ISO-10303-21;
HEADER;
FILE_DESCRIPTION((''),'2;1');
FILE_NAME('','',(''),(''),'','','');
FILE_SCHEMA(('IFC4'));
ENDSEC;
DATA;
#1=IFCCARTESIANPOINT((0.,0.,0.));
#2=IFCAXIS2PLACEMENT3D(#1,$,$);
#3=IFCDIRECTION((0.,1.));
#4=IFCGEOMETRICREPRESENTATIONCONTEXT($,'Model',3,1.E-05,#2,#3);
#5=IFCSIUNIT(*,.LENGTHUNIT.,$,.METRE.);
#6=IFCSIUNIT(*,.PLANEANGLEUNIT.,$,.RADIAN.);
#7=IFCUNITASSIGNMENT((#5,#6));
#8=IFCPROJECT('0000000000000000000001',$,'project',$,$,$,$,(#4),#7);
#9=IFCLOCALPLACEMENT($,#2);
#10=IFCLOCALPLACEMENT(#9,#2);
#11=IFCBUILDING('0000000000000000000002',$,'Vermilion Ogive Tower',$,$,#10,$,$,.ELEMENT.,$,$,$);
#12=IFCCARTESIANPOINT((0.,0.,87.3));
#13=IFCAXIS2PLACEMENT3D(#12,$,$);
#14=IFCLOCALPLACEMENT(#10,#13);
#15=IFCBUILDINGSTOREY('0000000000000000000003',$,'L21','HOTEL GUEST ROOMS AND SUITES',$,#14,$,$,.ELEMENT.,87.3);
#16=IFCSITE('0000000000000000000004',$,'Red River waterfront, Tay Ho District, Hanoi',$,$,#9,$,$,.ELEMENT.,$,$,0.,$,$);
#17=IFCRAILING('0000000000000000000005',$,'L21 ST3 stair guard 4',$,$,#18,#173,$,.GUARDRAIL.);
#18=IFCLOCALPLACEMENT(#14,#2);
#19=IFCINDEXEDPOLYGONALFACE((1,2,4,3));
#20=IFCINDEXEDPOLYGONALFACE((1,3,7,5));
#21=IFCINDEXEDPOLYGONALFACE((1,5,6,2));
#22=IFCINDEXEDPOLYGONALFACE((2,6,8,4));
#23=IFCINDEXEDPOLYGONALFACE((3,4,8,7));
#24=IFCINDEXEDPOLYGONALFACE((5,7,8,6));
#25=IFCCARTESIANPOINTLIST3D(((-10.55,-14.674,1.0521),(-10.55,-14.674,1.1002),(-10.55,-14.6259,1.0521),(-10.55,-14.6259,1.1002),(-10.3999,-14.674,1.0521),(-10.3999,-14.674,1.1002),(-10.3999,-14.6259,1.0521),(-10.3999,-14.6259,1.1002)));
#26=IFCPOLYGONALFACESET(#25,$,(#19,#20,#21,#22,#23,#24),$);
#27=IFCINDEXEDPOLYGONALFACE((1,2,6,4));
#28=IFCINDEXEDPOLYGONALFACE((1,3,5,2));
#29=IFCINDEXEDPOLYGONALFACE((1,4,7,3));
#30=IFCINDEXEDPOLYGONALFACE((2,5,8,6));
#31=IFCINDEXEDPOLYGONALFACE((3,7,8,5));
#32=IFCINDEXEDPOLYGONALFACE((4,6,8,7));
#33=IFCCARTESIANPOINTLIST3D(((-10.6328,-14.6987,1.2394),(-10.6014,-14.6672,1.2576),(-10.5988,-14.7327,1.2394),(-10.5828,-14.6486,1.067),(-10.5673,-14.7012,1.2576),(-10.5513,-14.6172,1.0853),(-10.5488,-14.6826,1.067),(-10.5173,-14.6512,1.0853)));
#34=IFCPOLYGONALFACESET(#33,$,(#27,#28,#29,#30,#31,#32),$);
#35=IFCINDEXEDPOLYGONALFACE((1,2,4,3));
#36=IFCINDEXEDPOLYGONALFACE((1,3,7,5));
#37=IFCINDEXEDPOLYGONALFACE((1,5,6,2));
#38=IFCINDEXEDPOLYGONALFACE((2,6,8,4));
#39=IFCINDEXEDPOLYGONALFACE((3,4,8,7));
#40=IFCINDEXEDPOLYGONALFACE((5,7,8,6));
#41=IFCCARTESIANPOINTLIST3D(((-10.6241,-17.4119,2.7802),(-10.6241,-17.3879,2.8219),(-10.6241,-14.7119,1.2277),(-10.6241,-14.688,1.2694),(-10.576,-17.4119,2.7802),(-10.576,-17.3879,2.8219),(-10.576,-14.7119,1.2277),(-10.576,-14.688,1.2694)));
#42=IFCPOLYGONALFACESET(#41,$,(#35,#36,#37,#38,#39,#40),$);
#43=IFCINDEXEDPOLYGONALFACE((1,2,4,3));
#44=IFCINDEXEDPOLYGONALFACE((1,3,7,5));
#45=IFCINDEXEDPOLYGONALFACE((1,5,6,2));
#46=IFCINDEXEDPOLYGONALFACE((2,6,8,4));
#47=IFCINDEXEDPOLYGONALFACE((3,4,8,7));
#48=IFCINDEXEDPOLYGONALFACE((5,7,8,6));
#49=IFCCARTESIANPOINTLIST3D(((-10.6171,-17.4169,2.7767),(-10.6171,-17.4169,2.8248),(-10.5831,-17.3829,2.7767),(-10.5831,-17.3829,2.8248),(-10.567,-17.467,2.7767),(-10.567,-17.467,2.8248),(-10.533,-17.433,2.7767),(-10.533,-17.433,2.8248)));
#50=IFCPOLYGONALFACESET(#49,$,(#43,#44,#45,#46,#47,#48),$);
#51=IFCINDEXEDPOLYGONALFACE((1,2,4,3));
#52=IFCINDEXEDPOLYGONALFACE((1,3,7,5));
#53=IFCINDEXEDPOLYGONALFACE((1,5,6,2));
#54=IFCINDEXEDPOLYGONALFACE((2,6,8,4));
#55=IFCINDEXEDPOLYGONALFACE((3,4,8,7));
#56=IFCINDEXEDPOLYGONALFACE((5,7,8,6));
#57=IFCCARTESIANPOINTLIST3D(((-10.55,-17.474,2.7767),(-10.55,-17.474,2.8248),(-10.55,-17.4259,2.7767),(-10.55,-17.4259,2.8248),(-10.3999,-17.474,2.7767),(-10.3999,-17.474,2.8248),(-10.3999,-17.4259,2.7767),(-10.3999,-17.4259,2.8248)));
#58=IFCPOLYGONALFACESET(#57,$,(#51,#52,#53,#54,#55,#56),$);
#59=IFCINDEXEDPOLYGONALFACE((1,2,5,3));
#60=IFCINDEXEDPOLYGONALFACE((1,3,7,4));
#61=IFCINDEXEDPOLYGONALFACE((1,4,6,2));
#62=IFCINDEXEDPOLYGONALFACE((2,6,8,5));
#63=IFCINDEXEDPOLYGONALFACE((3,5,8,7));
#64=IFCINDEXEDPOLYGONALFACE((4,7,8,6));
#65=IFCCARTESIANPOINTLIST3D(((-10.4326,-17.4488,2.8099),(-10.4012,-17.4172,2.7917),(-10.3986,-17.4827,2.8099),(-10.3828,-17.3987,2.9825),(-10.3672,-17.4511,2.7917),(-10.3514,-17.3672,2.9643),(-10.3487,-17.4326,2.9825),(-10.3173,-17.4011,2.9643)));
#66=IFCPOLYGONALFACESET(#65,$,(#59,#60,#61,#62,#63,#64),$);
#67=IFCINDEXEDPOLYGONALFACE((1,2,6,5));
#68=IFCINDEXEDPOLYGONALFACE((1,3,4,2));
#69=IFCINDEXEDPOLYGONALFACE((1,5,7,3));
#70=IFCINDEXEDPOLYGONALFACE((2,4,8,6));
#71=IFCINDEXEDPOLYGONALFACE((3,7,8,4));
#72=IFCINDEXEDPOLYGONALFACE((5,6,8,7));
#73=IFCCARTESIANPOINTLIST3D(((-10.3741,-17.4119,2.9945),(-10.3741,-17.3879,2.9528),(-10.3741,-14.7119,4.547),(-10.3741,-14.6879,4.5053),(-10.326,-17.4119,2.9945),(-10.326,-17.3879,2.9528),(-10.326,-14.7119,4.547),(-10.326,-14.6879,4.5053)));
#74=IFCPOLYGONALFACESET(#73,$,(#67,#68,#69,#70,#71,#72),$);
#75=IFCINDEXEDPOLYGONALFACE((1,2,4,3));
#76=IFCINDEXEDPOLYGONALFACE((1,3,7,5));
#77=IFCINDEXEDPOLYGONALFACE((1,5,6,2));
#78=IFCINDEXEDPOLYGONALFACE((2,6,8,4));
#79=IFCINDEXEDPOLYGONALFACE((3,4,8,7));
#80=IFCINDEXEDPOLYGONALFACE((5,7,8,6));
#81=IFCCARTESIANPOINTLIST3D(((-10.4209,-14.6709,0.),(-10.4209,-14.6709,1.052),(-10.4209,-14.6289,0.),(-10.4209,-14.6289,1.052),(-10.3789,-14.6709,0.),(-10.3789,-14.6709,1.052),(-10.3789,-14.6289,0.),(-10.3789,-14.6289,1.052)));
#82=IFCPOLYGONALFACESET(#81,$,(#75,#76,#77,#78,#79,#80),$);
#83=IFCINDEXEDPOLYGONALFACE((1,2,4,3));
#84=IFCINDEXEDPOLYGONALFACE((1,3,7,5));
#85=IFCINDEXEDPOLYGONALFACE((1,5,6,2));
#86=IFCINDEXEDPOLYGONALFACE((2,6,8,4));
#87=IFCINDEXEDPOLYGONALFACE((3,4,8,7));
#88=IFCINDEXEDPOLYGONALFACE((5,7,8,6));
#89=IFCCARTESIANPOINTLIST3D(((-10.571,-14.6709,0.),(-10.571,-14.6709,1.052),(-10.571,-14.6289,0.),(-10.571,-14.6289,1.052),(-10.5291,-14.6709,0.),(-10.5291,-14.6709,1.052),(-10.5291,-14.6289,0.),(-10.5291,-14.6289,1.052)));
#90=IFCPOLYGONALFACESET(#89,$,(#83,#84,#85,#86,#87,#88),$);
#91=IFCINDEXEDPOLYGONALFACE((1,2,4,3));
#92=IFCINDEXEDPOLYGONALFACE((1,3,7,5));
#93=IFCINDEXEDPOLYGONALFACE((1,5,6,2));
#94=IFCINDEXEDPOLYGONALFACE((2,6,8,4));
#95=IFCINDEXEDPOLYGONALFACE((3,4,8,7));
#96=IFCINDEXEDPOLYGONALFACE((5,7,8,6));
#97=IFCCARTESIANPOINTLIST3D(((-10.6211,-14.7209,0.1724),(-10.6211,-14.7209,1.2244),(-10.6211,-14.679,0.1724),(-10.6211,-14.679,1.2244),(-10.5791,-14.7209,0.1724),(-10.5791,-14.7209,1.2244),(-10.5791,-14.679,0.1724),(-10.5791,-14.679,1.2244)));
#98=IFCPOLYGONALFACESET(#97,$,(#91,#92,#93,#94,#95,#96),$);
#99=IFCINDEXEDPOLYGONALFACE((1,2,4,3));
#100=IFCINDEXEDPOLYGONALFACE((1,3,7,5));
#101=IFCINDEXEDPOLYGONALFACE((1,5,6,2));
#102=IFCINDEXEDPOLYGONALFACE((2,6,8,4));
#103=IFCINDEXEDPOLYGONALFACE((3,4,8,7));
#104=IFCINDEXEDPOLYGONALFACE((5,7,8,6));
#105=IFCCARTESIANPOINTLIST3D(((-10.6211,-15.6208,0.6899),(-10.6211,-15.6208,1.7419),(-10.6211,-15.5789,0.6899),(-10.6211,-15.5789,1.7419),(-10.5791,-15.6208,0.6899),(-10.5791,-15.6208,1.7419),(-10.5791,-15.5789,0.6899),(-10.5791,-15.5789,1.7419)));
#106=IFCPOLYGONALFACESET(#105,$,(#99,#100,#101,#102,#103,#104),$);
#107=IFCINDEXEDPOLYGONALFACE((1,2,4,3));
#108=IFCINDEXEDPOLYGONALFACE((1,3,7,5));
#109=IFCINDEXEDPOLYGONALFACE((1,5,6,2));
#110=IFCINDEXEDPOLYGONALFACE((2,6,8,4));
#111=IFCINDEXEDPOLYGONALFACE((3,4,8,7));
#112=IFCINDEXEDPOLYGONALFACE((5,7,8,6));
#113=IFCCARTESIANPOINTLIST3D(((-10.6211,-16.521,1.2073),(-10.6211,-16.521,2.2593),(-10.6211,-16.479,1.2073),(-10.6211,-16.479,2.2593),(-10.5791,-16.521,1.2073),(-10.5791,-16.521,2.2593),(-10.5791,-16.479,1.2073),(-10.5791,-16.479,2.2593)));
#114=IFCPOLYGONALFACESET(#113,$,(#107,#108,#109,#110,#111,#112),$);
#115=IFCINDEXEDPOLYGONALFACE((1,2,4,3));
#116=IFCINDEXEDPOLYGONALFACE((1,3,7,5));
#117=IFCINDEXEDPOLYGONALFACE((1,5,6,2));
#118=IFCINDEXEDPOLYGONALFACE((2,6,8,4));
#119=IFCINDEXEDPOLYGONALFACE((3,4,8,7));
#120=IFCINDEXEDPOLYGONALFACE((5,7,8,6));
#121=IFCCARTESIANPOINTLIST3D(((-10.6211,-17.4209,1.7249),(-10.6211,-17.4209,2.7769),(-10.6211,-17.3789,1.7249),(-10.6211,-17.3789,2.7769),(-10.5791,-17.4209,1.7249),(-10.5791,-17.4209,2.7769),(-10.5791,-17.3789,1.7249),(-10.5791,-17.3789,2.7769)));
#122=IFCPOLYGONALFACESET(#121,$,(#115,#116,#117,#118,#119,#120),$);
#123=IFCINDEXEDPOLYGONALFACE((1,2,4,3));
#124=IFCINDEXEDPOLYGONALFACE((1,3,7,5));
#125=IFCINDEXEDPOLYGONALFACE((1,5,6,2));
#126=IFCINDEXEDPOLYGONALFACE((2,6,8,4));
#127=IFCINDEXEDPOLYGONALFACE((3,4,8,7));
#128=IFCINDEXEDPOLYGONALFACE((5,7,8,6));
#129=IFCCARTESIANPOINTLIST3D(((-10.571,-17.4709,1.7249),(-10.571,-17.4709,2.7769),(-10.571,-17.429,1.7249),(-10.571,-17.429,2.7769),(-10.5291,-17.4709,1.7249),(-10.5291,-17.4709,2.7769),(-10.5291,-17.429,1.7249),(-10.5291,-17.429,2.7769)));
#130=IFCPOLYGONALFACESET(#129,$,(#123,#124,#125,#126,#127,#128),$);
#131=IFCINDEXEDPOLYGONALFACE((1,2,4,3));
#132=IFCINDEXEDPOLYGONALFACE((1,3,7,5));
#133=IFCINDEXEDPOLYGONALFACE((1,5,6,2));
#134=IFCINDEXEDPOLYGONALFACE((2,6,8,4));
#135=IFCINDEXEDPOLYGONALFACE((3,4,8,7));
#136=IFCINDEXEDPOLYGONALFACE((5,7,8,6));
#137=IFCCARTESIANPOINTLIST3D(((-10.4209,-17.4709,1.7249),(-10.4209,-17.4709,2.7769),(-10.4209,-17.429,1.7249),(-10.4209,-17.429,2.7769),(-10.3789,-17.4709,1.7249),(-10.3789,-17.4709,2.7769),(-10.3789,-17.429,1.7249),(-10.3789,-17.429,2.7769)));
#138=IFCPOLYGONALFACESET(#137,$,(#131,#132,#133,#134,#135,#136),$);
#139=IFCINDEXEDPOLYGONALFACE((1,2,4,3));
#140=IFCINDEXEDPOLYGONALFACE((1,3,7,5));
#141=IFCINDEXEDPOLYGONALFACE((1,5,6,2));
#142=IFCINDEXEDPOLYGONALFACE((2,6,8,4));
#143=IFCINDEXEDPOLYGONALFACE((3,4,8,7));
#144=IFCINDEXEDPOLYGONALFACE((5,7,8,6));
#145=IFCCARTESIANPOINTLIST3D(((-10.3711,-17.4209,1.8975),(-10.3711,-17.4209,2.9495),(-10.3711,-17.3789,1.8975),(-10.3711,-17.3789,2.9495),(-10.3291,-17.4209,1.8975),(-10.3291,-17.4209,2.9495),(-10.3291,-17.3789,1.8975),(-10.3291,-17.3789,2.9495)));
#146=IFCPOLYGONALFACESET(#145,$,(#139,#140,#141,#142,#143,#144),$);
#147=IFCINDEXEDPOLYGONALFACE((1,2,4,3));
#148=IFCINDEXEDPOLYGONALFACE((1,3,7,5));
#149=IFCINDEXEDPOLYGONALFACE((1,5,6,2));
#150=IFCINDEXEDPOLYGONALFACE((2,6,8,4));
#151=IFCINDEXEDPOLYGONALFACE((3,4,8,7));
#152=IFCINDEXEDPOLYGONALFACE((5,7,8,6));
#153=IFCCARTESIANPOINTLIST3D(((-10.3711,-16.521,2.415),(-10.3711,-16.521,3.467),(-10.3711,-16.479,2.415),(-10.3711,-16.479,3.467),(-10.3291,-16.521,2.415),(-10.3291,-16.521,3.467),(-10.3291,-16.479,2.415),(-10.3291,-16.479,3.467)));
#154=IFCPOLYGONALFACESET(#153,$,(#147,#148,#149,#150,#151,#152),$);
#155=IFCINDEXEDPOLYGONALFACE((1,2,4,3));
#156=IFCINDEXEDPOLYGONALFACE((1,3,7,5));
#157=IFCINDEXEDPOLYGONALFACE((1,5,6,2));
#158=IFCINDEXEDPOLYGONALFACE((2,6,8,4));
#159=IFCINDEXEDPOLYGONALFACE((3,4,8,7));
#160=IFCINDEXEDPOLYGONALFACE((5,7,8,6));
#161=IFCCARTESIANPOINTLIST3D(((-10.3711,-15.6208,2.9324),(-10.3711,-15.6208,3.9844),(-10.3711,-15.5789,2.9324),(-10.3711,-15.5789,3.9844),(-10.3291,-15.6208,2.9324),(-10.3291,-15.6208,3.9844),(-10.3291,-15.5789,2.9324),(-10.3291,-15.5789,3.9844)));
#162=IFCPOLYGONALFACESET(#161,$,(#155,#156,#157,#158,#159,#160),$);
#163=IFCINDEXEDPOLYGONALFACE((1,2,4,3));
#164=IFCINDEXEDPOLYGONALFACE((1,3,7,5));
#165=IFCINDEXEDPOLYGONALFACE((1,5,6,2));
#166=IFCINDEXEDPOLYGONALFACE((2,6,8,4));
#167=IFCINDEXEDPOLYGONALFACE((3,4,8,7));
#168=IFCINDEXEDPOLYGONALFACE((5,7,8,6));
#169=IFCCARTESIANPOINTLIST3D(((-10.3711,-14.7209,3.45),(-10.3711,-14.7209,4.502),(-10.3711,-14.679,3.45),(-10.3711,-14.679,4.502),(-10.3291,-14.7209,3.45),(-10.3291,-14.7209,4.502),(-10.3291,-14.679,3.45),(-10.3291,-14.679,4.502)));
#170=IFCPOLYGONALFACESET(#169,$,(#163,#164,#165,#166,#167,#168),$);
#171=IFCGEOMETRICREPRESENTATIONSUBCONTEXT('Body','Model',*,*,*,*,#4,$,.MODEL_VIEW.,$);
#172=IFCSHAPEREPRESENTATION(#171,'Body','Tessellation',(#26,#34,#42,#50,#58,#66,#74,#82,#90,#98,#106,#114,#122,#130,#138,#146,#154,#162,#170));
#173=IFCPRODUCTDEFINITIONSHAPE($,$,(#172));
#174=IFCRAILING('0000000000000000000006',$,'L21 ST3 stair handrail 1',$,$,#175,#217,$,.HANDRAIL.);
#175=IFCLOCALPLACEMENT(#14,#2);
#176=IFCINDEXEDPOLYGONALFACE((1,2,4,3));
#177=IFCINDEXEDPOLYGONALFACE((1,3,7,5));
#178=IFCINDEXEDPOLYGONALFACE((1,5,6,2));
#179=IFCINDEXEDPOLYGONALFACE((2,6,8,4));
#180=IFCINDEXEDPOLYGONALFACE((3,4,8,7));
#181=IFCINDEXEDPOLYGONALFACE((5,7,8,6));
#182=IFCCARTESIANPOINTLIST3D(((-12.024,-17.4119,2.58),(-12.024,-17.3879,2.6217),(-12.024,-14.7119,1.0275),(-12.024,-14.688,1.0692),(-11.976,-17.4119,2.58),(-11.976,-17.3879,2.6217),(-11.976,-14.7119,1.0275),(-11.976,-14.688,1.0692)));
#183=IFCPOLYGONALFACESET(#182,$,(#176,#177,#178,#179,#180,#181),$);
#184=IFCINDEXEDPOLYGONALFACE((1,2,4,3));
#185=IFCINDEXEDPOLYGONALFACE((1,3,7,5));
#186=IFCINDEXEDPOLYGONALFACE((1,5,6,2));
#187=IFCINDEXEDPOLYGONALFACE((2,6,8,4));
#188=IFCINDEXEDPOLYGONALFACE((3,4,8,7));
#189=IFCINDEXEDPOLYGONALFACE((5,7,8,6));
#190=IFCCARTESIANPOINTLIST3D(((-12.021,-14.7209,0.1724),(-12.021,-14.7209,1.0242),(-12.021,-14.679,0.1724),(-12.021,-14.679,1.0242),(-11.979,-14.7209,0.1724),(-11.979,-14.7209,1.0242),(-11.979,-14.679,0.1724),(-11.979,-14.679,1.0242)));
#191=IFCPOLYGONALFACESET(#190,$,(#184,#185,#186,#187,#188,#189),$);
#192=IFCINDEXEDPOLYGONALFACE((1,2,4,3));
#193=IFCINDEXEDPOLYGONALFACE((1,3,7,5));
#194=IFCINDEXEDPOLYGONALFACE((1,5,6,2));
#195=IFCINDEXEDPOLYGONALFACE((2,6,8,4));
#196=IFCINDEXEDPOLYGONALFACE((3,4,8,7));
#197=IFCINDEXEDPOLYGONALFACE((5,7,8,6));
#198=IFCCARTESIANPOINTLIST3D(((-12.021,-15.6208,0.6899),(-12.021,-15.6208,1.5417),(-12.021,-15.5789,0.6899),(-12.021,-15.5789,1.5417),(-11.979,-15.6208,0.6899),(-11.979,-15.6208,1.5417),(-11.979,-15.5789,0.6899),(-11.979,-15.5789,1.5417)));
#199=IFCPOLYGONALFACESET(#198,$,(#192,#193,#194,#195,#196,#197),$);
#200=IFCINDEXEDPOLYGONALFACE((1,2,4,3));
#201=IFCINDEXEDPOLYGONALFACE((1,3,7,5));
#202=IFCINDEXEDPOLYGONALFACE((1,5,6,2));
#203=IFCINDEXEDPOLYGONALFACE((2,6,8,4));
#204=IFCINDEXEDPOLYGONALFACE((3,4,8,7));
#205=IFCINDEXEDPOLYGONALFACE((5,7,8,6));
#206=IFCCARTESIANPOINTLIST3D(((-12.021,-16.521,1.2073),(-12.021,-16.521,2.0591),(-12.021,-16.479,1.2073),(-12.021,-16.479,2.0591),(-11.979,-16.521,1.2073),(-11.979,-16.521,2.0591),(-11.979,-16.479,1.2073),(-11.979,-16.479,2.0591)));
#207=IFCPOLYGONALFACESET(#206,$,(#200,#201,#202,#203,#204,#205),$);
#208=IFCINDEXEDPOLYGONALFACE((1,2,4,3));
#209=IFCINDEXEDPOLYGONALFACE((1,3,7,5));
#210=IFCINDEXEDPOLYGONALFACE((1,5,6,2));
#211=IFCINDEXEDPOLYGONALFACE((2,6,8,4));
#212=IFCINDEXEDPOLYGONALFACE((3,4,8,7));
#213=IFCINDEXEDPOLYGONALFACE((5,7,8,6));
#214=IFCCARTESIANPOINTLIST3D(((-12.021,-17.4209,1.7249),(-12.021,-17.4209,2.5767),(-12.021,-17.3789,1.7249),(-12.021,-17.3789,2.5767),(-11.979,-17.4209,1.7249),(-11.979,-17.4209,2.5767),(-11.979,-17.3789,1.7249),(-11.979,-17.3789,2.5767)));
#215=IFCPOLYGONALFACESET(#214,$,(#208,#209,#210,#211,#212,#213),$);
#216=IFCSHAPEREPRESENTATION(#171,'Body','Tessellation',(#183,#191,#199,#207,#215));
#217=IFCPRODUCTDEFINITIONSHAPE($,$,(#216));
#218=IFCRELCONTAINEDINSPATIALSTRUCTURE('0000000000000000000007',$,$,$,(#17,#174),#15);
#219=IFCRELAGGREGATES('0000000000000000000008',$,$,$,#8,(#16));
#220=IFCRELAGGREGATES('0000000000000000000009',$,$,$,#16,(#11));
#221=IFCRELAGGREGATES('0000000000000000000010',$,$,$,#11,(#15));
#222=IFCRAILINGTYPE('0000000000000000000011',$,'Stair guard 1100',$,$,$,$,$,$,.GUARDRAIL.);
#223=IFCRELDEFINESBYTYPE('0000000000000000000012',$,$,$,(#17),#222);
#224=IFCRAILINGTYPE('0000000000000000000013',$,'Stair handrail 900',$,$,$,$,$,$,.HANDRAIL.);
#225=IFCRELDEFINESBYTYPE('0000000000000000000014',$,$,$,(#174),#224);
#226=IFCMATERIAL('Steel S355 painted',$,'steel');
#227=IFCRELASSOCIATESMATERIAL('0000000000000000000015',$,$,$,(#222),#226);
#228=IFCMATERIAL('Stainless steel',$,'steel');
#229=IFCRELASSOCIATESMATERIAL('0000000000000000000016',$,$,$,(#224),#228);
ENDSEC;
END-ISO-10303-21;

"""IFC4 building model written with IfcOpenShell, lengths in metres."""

from ifc_helpers import new_model, si_unit, direction, frame, origin, origin_2d, place, context, subcontext, project, spatial, rectangle, extrude, material, type_object, element, save


model = new_model("IFC4")

# Units and contexts
model_context = context("Model", 3, precision=1e-05, world=origin(), true_north=direction((0.0, 1.0)))
body_context = subcontext(model_context, "Body", "Model", "MODEL_VIEW")
ifc_project = project(units=[si_unit("LENGTHUNIT", "METRE"), si_unit("PLANEANGLEUNIT", "RADIAN")], contexts=[model_context])

# Site, building, storey
site_placement = place(None, origin())
site = spatial("IfcSite", under=ifc_project, at=site_placement, Name="Red River waterfront, Tay Ho District, Hanoi", CompositionType="ELEMENT", RefElevation=0.0)
building_placement = place(site_placement, origin())
building = spatial("IfcBuilding", under=site, at=building_placement, Name="Vermilion Ogive Tower", CompositionType="ELEMENT")
storey_placement = place(building_placement, frame((0.0, 0.0, 87.3)))
storey = spatial("IfcBuildingStorey", under=building, at=storey_placement, Name="L21", Description="HOTEL GUEST ROOMS AND SUITES", CompositionType="ELEMENT", Elevation=87.3)

# Railings
ifc_material_1 = material(Name="Steel S355 painted", Category="steel")
railing_type_1 = type_object("IfcRailingType", Name="Stair guard 1100", PredefinedType="GUARDRAIL", material=ifc_material_1)
railing_1_placement = place(storey_placement, frame((-10.3999, -14.6499, 0.0)))
element("IfcRailing", 1, at=railing_1_placement, inside=storey, type_object=railing_type_1, Name="L21 ST3 stair guard 4", PredefinedType="GUARDRAIL", context=body_context, shape_type="SweptSolid", body=[
    extrude(rectangle(XDim=0.0481, YDim=0.0481, at=origin_2d()), frame((0.0, 0.0, 1.0762), z_axis=(-1.0, 0.0, 0.0), x_axis=(0.0, -1.0, 0.0)), (0.0, 0.0, 1.0), 0.1501),
    extrude(rectangle(XDim=0.0481, YDim=0.0481, at=origin_2d()), frame((-0.1501, 0.0, 1.0762), z_axis=(-0.268603, -0.268603, 0.925043), x_axis=(0.707107, -0.707107, 0.0)), (0.0, 0.0, 1.0), 0.1863),
    extrude(rectangle(XDim=0.0481, YDim=0.0481, at=origin_2d()), frame((-0.2002, -0.05, 1.2485), z_axis=(0.0, -0.866904, 0.498476), x_axis=(1.0, 0.0, 0.0)), (0.0, 0.0, 1.0), 3.1145),
    extrude(rectangle(XDim=0.0481, YDim=0.0481, at=origin_2d()), frame((-0.2002, -2.75, 2.8008), z_axis=(0.707107, -0.707107, 0.0), x_axis=(0.707107, 0.707107, 0.0)), (0.0, 0.0, 1.0), 0.0708),
    extrude(rectangle(XDim=0.0481, YDim=0.0481, at=origin_2d()), frame((-0.1501, -2.8, 2.8008), z_axis=(1.0, 0.0, 0.0), x_axis=(0.0, 1.0, 0.0)), (0.0, 0.0, 1.0), 0.1501),
    extrude(rectangle(XDim=0.0481, YDim=0.0481, at=origin_2d()), frame((0.0, -2.8, 2.8008), z_axis=(0.267063, 0.268372, 0.925556), x_axis=(-0.708834, 0.705376, 0.0)), (0.0, 0.0, 1.0), 0.1865),
    extrude(rectangle(XDim=0.0481, YDim=0.0481, at=origin_2d()), frame((0.0498, -2.75, 2.9736), z_axis=(0.0, 0.866904, 0.498476), x_axis=(-1.0, 0.0, 0.0)), (0.0, 0.0, 1.0), 3.1145),
    extrude(rectangle(XDim=0.042, YDim=0.042, at=origin_2d()), origin(), (0.0, 0.0, 1.0), 1.052),
    extrude(rectangle(XDim=0.042, YDim=0.042, at=origin_2d()), frame((-0.1501, 0.0, 0.0)), (0.0, 0.0, 1.0), 1.052),
    extrude(rectangle(XDim=0.042, YDim=0.042, at=origin_2d()), frame((-0.2002, -0.05, 0.1724)), (0.0, 0.0, 1.0), 1.052),
    extrude(rectangle(XDim=0.042, YDim=0.042, at=origin_2d()), frame((-0.2002, -0.95, 0.6899)), (0.0, 0.0, 1.0), 1.052),
    extrude(rectangle(XDim=0.042, YDim=0.042, at=origin_2d()), frame((-0.2002, -1.8501, 1.2073)), (0.0, 0.0, 1.0), 1.052),
    extrude(rectangle(XDim=0.042, YDim=0.042, at=origin_2d()), frame((-0.2002, -2.75, 1.7249)), (0.0, 0.0, 1.0), 1.052),
    extrude(rectangle(XDim=0.042, YDim=0.042, at=origin_2d()), frame((-0.1501, -2.8, 1.7249)), (0.0, 0.0, 1.0), 1.052),
    extrude(rectangle(XDim=0.042, YDim=0.042, at=origin_2d()), frame((0.0, -2.8, 1.7249)), (0.0, 0.0, 1.0), 1.052),
    extrude(rectangle(XDim=0.042, YDim=0.042, at=origin_2d()), frame((0.0498, -2.75, 1.8975)), (0.0, 0.0, 1.0), 1.052),
    extrude(rectangle(XDim=0.042, YDim=0.042, at=origin_2d()), frame((0.0498, -1.8501, 2.415)), (0.0, 0.0, 1.0), 1.052),
    extrude(rectangle(XDim=0.042, YDim=0.042, at=origin_2d()), frame((0.0498, -0.95, 2.9324)), (0.0, 0.0, 1.0), 1.052),
    extrude(rectangle(XDim=0.042, YDim=0.042, at=origin_2d()), frame((0.0498, -0.05, 3.45)), (0.0, 0.0, 1.0), 1.052),
])
ifc_material_2 = material(Name="Stainless steel", Category="steel")
railing_type_2 = type_object("IfcRailingType", Name="Stair handrail 900", PredefinedType="HANDRAIL", material=ifc_material_2)
railing_2_placement = place(storey_placement, frame((-12.0, -14.7, 0.1724)))
element("IfcRailing", 2, at=railing_2_placement, inside=storey, type_object=railing_type_2, Name="L21 ST3 stair handrail 1", PredefinedType="HANDRAIL", context=body_context, shape_type="SweptSolid", body=[
    extrude(rectangle(XDim=0.0481, YDim=0.0481, at=origin_2d()), frame((0.0, 0.0, 0.876), z_axis=(0.0, -0.866904, 0.498476), x_axis=(1.0, 0.0, 0.0)), (0.0, 0.0, 1.0), 3.1145),
    extrude(rectangle(XDim=0.042, YDim=0.042, at=origin_2d()), origin(), (0.0, 0.0, 1.0), 0.8518),
    extrude(rectangle(XDim=0.042, YDim=0.042, at=origin_2d()), frame((0.0, -0.8999, 0.5176)), (0.0, 0.0, 1.0), 0.8518),
    extrude(rectangle(XDim=0.042, YDim=0.042, at=origin_2d()), frame((0.0, -1.8, 1.0349)), (0.0, 0.0, 1.0), 0.8518),
    extrude(rectangle(XDim=0.042, YDim=0.042, at=origin_2d()), frame((0.0, -2.7, 1.5525)), (0.0, 0.0, 1.0), 0.8518),
])

save(model, "model.ifc")
